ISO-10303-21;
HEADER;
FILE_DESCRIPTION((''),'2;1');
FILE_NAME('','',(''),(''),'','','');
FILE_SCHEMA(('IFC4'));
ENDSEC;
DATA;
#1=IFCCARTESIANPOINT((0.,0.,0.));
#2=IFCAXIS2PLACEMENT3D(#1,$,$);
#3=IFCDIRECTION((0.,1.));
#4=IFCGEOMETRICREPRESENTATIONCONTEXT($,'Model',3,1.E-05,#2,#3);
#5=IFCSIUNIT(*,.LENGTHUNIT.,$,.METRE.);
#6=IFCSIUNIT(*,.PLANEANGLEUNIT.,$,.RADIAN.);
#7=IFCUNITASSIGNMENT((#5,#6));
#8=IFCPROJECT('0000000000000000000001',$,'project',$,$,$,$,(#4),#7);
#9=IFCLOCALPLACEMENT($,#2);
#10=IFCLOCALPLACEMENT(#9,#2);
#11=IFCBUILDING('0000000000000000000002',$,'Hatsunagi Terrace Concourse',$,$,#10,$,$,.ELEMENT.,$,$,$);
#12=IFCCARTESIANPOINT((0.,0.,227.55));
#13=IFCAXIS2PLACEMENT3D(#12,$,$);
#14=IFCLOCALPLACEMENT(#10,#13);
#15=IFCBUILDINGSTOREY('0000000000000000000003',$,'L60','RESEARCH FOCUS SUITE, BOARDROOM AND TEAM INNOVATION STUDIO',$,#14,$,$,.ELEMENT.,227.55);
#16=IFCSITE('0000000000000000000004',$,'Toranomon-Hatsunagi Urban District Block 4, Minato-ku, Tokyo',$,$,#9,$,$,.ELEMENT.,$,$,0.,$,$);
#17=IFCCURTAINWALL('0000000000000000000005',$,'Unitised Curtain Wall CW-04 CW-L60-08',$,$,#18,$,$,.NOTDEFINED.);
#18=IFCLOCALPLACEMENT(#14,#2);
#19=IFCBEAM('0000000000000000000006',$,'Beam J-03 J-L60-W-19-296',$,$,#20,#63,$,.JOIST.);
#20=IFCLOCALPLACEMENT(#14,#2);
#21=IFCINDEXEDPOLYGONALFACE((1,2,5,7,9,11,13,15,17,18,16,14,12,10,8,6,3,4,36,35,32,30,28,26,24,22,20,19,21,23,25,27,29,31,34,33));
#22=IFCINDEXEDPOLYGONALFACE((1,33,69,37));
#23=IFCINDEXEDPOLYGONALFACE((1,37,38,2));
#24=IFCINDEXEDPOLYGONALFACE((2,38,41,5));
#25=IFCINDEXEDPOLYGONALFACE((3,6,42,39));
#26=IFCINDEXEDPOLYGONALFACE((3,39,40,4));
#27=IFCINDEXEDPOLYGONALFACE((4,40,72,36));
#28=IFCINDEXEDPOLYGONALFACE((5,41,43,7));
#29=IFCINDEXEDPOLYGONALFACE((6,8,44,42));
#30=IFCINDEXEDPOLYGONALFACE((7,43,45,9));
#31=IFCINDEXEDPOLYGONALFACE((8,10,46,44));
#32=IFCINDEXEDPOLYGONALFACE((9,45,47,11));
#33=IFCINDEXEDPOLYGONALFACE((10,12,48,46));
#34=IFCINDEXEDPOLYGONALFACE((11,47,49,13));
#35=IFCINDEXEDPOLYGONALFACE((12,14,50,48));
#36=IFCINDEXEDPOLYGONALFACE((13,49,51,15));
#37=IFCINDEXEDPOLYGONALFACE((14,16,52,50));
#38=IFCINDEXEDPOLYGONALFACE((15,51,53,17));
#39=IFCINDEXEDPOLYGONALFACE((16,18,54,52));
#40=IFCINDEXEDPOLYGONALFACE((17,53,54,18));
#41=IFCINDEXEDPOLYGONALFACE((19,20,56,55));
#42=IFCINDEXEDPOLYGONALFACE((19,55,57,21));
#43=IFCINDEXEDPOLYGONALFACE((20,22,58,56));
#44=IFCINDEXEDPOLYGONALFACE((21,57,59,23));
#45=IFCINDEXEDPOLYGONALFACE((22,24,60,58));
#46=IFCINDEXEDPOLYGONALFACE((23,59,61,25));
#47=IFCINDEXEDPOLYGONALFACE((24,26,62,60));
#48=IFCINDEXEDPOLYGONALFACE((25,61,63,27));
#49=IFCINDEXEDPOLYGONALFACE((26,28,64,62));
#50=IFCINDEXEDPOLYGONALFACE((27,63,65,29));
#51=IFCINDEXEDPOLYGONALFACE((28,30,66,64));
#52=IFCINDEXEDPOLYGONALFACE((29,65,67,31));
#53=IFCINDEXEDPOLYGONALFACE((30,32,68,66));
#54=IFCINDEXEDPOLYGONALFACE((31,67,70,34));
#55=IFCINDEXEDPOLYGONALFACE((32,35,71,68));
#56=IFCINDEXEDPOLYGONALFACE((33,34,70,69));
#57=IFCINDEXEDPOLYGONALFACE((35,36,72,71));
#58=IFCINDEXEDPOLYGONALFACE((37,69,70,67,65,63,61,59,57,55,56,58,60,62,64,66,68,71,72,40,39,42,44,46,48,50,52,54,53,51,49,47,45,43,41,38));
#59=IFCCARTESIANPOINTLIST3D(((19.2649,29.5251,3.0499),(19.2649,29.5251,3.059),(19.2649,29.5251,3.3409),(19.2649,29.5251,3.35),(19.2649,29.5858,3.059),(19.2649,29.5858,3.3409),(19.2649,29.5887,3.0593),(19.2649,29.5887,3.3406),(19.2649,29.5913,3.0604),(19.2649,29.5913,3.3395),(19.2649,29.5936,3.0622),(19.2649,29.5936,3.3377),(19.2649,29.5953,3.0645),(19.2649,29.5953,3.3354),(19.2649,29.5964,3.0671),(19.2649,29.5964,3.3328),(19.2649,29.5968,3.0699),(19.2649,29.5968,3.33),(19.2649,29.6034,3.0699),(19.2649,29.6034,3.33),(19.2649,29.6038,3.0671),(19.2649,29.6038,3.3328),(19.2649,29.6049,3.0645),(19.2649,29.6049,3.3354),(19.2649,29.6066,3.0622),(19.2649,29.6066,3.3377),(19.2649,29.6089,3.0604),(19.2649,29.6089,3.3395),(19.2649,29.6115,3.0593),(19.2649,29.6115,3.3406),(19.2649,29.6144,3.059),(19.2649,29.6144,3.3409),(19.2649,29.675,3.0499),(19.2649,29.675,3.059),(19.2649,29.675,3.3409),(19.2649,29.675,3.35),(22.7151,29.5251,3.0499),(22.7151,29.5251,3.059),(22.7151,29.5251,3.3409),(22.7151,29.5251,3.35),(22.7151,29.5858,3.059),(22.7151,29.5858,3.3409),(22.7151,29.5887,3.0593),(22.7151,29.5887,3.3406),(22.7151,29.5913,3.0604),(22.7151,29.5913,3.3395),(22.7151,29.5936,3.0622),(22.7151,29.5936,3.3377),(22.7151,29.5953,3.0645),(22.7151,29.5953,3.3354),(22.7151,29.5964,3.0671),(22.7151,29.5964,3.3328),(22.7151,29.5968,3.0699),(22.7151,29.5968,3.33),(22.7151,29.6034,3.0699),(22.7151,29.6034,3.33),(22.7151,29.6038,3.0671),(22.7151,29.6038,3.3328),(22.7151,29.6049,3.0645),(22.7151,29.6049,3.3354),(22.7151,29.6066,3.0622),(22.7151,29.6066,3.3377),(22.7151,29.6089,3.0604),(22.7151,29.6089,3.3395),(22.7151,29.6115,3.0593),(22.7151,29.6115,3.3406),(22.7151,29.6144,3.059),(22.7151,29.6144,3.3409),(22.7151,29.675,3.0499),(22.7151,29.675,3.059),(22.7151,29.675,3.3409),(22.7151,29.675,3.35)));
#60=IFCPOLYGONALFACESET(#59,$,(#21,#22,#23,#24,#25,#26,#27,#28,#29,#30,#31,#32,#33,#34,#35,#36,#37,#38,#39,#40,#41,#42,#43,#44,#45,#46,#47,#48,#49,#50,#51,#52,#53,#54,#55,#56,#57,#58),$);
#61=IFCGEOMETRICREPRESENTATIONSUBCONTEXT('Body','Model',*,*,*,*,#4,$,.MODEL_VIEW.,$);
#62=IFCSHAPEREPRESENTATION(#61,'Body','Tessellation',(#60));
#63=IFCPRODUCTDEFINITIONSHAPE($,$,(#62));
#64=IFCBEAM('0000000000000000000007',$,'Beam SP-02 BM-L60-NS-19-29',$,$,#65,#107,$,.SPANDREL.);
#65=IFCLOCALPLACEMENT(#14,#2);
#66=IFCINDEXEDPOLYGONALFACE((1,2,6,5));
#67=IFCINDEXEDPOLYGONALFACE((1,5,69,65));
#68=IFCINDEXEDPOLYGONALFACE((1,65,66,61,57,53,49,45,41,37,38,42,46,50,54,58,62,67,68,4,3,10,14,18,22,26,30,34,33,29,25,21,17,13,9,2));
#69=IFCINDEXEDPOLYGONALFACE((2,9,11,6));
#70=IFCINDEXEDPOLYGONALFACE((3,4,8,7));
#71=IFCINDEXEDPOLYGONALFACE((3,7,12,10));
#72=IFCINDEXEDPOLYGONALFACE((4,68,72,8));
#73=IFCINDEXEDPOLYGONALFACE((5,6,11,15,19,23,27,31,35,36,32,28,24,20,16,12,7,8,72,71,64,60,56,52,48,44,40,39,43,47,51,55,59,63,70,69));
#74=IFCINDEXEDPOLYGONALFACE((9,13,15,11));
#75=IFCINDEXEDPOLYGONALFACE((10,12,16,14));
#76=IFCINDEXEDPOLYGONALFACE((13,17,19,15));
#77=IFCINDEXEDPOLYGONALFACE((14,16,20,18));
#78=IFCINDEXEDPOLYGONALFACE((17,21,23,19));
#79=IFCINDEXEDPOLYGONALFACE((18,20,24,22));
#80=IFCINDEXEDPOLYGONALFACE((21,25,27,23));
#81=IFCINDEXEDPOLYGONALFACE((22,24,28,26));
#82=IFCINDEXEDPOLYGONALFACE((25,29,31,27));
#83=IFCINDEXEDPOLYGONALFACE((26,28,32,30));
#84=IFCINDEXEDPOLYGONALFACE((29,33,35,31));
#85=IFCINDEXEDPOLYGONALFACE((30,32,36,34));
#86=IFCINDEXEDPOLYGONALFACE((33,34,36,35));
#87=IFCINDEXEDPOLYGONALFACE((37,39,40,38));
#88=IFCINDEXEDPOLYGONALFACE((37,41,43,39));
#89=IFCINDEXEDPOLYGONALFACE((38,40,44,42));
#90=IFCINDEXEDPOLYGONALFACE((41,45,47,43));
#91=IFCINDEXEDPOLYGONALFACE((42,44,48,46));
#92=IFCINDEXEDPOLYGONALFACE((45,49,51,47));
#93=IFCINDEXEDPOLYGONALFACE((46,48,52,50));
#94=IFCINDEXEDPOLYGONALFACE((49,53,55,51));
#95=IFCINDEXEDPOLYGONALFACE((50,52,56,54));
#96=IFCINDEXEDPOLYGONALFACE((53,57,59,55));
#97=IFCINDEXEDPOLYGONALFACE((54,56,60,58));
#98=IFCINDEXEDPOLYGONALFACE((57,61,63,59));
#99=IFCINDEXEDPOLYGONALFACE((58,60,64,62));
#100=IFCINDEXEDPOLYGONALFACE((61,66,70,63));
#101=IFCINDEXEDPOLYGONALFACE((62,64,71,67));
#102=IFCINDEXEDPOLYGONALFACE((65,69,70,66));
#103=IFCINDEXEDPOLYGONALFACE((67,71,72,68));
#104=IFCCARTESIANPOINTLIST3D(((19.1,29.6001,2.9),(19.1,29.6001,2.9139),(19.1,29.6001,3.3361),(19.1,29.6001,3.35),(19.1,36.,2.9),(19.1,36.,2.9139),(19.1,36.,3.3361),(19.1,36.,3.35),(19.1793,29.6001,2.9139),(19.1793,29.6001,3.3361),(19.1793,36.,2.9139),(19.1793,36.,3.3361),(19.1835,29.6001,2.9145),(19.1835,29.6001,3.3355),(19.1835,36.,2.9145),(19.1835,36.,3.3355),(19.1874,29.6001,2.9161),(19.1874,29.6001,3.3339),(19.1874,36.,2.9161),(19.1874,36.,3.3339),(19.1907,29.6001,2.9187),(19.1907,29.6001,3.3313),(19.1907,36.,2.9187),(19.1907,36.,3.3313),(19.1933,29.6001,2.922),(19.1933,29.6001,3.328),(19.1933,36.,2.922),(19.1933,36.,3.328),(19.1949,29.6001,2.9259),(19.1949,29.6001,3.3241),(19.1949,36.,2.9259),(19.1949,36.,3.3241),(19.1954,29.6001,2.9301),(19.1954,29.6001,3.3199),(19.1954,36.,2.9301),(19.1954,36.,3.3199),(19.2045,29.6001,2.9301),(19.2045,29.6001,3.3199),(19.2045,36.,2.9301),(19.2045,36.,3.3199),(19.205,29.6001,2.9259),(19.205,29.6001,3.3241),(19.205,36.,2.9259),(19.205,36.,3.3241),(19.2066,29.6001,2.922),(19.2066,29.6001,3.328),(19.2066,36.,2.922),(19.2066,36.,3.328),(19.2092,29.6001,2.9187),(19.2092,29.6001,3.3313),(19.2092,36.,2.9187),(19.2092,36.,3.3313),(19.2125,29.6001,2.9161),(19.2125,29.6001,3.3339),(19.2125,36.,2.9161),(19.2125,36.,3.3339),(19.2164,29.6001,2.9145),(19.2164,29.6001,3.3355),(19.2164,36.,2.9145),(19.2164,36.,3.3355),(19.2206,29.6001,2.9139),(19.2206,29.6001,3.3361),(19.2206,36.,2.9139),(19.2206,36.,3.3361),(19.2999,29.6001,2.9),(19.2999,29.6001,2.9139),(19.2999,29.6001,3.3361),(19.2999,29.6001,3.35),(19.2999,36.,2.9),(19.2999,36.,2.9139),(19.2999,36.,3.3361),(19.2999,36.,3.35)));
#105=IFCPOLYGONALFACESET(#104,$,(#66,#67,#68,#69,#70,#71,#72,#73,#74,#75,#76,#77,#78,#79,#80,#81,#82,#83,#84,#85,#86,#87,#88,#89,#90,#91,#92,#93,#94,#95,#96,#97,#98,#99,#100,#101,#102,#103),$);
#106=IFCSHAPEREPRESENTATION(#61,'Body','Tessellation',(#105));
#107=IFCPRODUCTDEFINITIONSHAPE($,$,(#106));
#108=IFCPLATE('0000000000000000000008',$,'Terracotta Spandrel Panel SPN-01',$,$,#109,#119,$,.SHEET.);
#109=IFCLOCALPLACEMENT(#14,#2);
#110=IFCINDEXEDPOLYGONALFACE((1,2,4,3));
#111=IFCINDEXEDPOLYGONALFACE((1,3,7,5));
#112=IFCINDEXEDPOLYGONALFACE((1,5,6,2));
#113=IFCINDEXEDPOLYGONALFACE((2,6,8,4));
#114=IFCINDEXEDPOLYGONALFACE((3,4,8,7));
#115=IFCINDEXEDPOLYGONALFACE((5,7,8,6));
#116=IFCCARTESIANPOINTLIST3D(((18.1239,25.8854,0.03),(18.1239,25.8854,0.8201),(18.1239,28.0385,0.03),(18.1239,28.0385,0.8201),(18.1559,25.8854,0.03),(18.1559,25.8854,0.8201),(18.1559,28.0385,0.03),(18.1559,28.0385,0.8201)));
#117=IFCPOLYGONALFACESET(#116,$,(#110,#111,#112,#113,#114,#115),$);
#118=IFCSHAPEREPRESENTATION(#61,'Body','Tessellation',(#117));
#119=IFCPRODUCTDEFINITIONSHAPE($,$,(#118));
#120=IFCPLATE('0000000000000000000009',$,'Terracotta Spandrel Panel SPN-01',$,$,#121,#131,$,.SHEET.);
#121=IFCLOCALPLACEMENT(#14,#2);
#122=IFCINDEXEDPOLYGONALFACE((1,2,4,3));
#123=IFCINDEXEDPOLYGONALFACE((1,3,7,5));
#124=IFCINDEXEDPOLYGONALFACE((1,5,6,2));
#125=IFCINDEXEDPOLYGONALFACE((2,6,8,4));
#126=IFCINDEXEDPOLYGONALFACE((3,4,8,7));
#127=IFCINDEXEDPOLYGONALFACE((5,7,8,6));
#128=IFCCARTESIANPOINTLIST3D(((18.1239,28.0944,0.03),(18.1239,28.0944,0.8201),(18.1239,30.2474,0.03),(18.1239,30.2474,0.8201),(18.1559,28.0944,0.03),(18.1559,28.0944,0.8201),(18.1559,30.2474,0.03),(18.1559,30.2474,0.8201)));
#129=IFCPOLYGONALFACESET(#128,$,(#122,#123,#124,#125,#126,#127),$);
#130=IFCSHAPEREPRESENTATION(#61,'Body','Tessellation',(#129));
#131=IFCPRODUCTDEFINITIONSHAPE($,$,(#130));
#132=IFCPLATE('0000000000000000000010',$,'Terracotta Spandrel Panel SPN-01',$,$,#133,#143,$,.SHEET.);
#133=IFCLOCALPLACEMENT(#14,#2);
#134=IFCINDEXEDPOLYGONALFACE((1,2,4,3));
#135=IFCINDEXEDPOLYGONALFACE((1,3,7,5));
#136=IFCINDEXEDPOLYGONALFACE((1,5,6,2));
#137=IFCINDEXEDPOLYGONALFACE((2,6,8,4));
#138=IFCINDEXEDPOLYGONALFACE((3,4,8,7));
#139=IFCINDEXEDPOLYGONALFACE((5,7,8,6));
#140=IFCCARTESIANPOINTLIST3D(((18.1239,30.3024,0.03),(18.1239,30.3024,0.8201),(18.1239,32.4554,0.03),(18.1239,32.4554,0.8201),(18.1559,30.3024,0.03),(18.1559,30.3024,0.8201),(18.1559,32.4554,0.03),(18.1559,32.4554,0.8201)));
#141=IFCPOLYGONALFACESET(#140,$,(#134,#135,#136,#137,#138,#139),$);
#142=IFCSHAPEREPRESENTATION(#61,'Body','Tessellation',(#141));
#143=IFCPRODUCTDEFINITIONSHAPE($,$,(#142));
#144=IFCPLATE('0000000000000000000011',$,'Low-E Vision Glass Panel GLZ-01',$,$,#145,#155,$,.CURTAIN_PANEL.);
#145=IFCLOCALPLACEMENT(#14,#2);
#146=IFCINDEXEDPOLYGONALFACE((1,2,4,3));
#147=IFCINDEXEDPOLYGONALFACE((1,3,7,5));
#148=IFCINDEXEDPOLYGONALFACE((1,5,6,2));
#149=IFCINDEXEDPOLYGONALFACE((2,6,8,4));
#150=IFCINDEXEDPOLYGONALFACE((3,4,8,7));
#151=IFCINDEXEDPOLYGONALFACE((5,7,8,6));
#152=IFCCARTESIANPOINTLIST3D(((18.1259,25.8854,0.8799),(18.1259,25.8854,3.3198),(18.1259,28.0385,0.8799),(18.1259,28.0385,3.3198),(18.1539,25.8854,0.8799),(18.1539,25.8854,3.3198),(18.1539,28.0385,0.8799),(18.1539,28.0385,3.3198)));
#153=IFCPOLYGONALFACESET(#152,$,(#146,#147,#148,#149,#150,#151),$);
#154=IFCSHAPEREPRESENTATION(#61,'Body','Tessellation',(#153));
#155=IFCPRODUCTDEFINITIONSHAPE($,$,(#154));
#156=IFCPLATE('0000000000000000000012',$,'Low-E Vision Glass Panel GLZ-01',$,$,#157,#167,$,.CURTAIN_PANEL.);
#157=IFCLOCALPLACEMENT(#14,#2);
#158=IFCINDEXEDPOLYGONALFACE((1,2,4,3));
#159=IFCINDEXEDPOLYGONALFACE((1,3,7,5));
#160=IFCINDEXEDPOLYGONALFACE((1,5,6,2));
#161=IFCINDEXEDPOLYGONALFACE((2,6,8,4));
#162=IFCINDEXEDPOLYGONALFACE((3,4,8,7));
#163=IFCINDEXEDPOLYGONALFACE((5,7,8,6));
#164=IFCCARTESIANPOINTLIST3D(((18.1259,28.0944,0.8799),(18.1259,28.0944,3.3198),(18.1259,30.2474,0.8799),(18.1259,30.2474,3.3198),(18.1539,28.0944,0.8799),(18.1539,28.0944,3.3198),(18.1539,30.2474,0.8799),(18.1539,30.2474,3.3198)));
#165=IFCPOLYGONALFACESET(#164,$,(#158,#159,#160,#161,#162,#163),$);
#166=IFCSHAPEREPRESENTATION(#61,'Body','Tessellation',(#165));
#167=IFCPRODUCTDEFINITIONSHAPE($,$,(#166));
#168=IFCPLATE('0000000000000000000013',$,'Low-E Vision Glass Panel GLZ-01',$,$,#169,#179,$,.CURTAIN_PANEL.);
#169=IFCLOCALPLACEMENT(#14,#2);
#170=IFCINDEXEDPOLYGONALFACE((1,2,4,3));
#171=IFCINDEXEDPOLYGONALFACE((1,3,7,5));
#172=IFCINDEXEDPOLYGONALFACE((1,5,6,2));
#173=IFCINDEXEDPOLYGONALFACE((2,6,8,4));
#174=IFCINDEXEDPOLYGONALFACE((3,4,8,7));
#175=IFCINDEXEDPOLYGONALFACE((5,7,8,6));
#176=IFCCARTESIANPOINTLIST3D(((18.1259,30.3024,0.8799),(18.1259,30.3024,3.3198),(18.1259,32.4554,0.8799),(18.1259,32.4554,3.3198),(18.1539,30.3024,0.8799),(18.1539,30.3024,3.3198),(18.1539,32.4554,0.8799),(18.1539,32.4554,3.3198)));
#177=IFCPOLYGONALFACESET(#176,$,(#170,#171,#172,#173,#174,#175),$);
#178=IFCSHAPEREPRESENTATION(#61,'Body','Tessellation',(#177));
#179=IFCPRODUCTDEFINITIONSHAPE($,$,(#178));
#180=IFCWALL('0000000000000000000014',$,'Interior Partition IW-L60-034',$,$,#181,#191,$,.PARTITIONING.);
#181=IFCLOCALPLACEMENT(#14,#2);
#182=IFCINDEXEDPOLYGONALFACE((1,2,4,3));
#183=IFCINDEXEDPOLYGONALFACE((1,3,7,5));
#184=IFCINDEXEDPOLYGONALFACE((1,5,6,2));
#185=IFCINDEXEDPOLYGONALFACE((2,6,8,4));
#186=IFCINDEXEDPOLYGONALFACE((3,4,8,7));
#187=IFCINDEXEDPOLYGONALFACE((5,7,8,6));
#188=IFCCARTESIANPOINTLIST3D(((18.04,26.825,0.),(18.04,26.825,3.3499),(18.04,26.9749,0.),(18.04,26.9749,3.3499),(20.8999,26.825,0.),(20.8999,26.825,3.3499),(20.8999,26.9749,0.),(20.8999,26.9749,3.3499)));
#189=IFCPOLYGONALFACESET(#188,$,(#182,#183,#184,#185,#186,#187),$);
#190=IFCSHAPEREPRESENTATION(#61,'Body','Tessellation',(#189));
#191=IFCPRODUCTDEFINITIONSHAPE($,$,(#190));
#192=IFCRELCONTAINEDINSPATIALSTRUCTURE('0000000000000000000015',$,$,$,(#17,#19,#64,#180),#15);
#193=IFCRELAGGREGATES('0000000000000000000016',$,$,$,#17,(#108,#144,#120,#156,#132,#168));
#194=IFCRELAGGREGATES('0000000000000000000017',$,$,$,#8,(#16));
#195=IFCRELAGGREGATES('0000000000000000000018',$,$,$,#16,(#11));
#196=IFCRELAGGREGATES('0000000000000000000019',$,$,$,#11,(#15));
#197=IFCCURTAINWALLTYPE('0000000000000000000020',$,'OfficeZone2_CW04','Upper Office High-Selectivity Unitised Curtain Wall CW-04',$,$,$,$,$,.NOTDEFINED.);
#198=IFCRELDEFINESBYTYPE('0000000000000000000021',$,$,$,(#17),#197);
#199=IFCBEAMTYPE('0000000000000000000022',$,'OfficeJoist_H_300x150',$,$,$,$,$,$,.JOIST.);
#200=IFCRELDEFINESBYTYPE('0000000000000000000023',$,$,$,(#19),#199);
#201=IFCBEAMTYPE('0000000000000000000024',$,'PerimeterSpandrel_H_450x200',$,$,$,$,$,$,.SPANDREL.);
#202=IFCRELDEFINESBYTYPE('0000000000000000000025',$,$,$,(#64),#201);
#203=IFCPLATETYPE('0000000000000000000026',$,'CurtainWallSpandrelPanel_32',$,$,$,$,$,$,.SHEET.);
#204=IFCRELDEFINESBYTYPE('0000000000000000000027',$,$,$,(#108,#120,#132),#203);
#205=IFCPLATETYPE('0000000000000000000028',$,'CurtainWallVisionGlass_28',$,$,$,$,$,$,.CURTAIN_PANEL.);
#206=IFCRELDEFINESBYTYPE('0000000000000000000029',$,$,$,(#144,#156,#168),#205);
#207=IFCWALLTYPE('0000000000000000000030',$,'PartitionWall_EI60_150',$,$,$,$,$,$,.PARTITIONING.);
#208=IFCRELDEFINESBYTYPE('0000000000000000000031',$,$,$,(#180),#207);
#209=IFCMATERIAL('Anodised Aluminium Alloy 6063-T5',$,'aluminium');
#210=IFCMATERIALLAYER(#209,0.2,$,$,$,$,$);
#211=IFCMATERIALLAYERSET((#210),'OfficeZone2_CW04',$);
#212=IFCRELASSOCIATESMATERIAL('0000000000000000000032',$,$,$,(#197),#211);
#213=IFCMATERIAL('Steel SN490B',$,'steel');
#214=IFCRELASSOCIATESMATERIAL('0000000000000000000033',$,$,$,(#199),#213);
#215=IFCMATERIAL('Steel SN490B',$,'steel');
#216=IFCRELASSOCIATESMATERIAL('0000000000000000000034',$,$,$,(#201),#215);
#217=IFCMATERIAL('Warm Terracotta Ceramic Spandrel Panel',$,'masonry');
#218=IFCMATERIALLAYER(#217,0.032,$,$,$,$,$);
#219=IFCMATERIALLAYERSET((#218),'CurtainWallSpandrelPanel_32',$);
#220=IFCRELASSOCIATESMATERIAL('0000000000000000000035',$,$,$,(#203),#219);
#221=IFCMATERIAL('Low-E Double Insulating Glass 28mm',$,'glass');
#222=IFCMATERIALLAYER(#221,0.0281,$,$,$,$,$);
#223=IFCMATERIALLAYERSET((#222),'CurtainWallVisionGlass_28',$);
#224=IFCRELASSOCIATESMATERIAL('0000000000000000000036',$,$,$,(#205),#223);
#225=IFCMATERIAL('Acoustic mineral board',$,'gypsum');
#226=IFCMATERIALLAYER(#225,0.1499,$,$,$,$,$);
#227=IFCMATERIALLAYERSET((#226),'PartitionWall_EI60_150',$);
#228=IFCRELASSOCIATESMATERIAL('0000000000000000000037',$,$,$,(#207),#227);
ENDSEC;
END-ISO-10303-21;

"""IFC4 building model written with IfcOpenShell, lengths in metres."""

from ifc_helpers import new_model, si_unit, direction, frame, frame_2d, origin, origin_2d, place, context, subcontext, project, spatial, rectangle, i_section, extrude, material, layer, layer_set, material_profile, profile_set, type_object, element, aggregate, save


model = new_model("IFC4")

# Units and contexts
model_context = context("Model", 3, precision=1e-05, world=origin(), true_north=direction((0.0, 1.0)))
body_context = subcontext(model_context, "Body", "Model", "MODEL_VIEW")
ifc_project = project(units=[si_unit("LENGTHUNIT", "METRE"), si_unit("PLANEANGLEUNIT", "RADIAN")], contexts=[model_context])

# Site, building, storey
site_placement = place(None, origin())
site = spatial("IfcSite", under=ifc_project, at=site_placement, Name="Toranomon-Hatsunagi Urban District Block 4, Minato-ku, Tokyo", CompositionType="ELEMENT", RefElevation=0.0)
building_placement = place(site_placement, origin())
building = spatial("IfcBuilding", under=site, at=building_placement, Name="Hatsunagi Terrace Concourse", CompositionType="ELEMENT")
storey_placement = place(building_placement, frame((0.0, 0.0, 227.55)))
storey = spatial("IfcBuildingStorey", under=building, at=storey_placement, Name="L60", Description="RESEARCH FOCUS SUITE, BOARDROOM AND TEAM INNOVATION STUDIO", CompositionType="ELEMENT", Elevation=227.55)

# Curtain wall
ifc_material_1 = material(Name="Anodised Aluminium Alloy 6063-T5", Category="aluminium")
ifc_layer_1 = layer(ifc_material_1, 0.2)
ifc_layer_set_1 = layer_set([ifc_layer_1], Name="OfficeZone2_CW04")
curtain_wall_type = type_object("IfcCurtainWallType", Name="OfficeZone2_CW04", Description="Upper Office High-Selectivity Unitised Curtain Wall CW-04", PredefinedType="NOTDEFINED", material=ifc_layer_set_1)
curtain_wall_placement = place(storey_placement, origin())
curtain_wall = element("IfcCurtainWall", 1, at=curtain_wall_placement, inside=storey, type_object=curtain_wall_type, Name="Unitised Curtain Wall CW-04 CW-L60-08", PredefinedType="NOTDEFINED")

# Beams
ifc_material_2 = material(Name="Steel SN490B", Category="steel")
ifc_material_profile_1 = material_profile(ifc_material_2, i_section(OverallWidth=0.1499, OverallDepth=0.3, WebThickness=0.0066, FlangeThickness=0.009, FilletRadius=0.011, at=origin_2d()), Name="H-300x150x6.5x9")
ifc_profile_set_1 = profile_set([ifc_material_profile_1], Name="Steel SN490B")
beam_type_1 = type_object("IfcBeamType", Name="OfficeJoist_H_300x150", PredefinedType="JOIST", material=ifc_profile_set_1)
for number, where, z_axis, x_axis, name in (
    (2, (19.2649, 29.6001, 3.2), (1.0, 0.0, 0.0), (0.0, 1.0, 0.0), "Beam J-03 J-L60-W-19-296"),
):
    element("IfcBeam", number, at=place(storey_placement, frame(where, z_axis=z_axis, x_axis=x_axis)), inside=storey, type_object=beam_type_1, Name=name, PredefinedType="JOIST", context=body_context, shape_type="SweptSolid", body=[
        extrude(i_section(OverallWidth=0.1499, OverallDepth=0.3, WebThickness=0.0066, FlangeThickness=0.009, FilletRadius=0.011, at=origin_2d()), origin(), (0.0, 0.0, 1.0), 3.4502),
    ])
ifc_material_3 = material(Name="Steel SN490B", Category="steel")
ifc_material_profile_2 = material_profile(ifc_material_3, i_section(OverallWidth=0.2, OverallDepth=0.45, WebThickness=0.009, FlangeThickness=0.0139, FilletRadius=0.0161, at=origin_2d()), Name="H-450x200x9x14")
ifc_profile_set_2 = profile_set([ifc_material_profile_2], Name="Steel SN490B")
beam_type_2 = type_object("IfcBeamType", Name="PerimeterSpandrel_H_450x200", PredefinedType="SPANDREL", material=ifc_profile_set_2)
beam_placement = place(storey_placement, frame((19.2, 29.6001, 3.125), z_axis=(0.0, 1.0, 0.0), x_axis=(-1.0, 0.0, 0.0)))
element("IfcBeam", 3, at=beam_placement, inside=storey, type_object=beam_type_2, Name="Beam SP-02 BM-L60-NS-19-29", PredefinedType="SPANDREL", context=body_context, shape_type="SweptSolid", body=[
    extrude(i_section(OverallWidth=0.2, OverallDepth=0.45, WebThickness=0.009, FlangeThickness=0.0139, FilletRadius=0.0161, at=origin_2d()), origin(), (0.0, 0.0, 1.0), 6.3999),
])

# Plates
ifc_material_4 = material(Name="Warm Terracotta Ceramic Spandrel Panel", Category="masonry")
ifc_layer_2 = layer(ifc_material_4, 0.032)
ifc_layer_set_2 = layer_set([ifc_layer_2], Name="CurtainWallSpandrelPanel_32")
plate_type_1 = type_object("IfcPlateType", Name="CurtainWallSpandrelPanel_32", PredefinedType="SHEET", material=ifc_layer_set_2)
plate_1_placement = place(storey_placement, frame((18.1399, 26.9619, 0.03), z_axis=(0.0, 0.0, 1.0), x_axis=(0.0, 1.0, 0.0)))
plate_1 = element("IfcPlate", 4, at=plate_1_placement, type_object=plate_type_1, Name="Terracotta Spandrel Panel SPN-01", PredefinedType="SHEET", context=body_context, shape_type="SweptSolid", body=[
    extrude(rectangle(XDim=2.1531, YDim=0.032, at=origin_2d()), origin(), (0.0, 0.0, 1.0), 0.79),
])
plate_2_placement = place(storey_placement, frame((18.1399, 29.1709, 0.03), z_axis=(0.0, 0.0, 1.0), x_axis=(0.0, 1.0, 0.0)))
plate_2 = element("IfcPlate", 5, at=plate_2_placement, type_object=plate_type_1, Name="Terracotta Spandrel Panel SPN-01", PredefinedType="SHEET", context=body_context, shape_type="SweptSolid", body=[
    extrude(rectangle(XDim=2.1531, YDim=0.032, at=origin_2d()), origin(), (0.0, 0.0, 1.0), 0.79),
])
plate_3_placement = place(storey_placement, frame((18.1399, 31.3789, 0.03), z_axis=(0.0, 0.0, 1.0), x_axis=(0.0, 1.0, 0.0)))
plate_3 = element("IfcPlate", 6, at=plate_3_placement, type_object=plate_type_1, Name="Terracotta Spandrel Panel SPN-01", PredefinedType="SHEET", context=body_context, shape_type="SweptSolid", body=[
    extrude(rectangle(XDim=2.1531, YDim=0.032, at=origin_2d()), origin(), (0.0, 0.0, 1.0), 0.79),
])
ifc_material_5 = material(Name="Low-E Double Insulating Glass 28mm", Category="glass")
ifc_layer_3 = layer(ifc_material_5, 0.0281)
ifc_layer_set_3 = layer_set([ifc_layer_3], Name="CurtainWallVisionGlass_28")
plate_type_2 = type_object("IfcPlateType", Name="CurtainWallVisionGlass_28", PredefinedType="CURTAIN_PANEL", material=ifc_layer_set_3)
plate_4_placement = place(storey_placement, frame((18.1399, 26.9619, 0.8799), z_axis=(0.0, 0.0, 1.0), x_axis=(0.0, 1.0, 0.0)))
plate_4 = element("IfcPlate", 7, at=plate_4_placement, type_object=plate_type_2, Name="Low-E Vision Glass Panel GLZ-01", PredefinedType="CURTAIN_PANEL", context=body_context, shape_type="SweptSolid", body=[
    extrude(rectangle(XDim=2.1531, YDim=0.0281, at=origin_2d()), origin(), (0.0, 0.0, 1.0), 2.4399),
])
plate_5_placement = place(storey_placement, frame((18.1399, 29.1709, 0.8799), z_axis=(0.0, 0.0, 1.0), x_axis=(0.0, 1.0, 0.0)))
plate_5 = element("IfcPlate", 8, at=plate_5_placement, type_object=plate_type_2, Name="Low-E Vision Glass Panel GLZ-01", PredefinedType="CURTAIN_PANEL", context=body_context, shape_type="SweptSolid", body=[
    extrude(rectangle(XDim=2.1531, YDim=0.0281, at=origin_2d()), origin(), (0.0, 0.0, 1.0), 2.4399),
])
plate_6_placement = place(storey_placement, frame((18.1399, 31.3789, 0.8799), z_axis=(0.0, 0.0, 1.0), x_axis=(0.0, 1.0, 0.0)))
plate_6 = element("IfcPlate", 9, at=plate_6_placement, type_object=plate_type_2, Name="Low-E Vision Glass Panel GLZ-01", PredefinedType="CURTAIN_PANEL", context=body_context, shape_type="SweptSolid", body=[
    extrude(rectangle(XDim=2.1531, YDim=0.0281, at=origin_2d()), origin(), (0.0, 0.0, 1.0), 2.4399),
])
aggregate(curtain_wall, [plate_1, plate_4, plate_2, plate_5, plate_3, plate_6])

# Wall
ifc_material_6 = material(Name="Acoustic mineral board", Category="gypsum")
ifc_layer_4 = layer(ifc_material_6, 0.1499)
ifc_layer_set_4 = layer_set([ifc_layer_4], Name="PartitionWall_EI60_150")
wall_type = type_object("IfcWallType", Name="PartitionWall_EI60_150", PredefinedType="PARTITIONING", material=ifc_layer_set_4)
for number, where, z_axis, x_axis, name in (
    (10, (18.04, 26.8999, 0.0), (0.0, 0.0, 1.0), (1.0, 0.0, 0.0), "Interior Partition IW-L60-034"),
):
    element("IfcWall", number, at=place(storey_placement, frame(where, z_axis=z_axis, x_axis=x_axis)), inside=storey, type_object=wall_type, Name=name, PredefinedType="PARTITIONING", context=body_context, shape_type="SweptSolid", body=[
        extrude(rectangle(XDim=2.8599, YDim=0.1499, at=frame_2d((1.4299, 0.0))), origin(), (0.0, 0.0, 1.0), 3.3499),
    ])

save(model, "model.ifc")
